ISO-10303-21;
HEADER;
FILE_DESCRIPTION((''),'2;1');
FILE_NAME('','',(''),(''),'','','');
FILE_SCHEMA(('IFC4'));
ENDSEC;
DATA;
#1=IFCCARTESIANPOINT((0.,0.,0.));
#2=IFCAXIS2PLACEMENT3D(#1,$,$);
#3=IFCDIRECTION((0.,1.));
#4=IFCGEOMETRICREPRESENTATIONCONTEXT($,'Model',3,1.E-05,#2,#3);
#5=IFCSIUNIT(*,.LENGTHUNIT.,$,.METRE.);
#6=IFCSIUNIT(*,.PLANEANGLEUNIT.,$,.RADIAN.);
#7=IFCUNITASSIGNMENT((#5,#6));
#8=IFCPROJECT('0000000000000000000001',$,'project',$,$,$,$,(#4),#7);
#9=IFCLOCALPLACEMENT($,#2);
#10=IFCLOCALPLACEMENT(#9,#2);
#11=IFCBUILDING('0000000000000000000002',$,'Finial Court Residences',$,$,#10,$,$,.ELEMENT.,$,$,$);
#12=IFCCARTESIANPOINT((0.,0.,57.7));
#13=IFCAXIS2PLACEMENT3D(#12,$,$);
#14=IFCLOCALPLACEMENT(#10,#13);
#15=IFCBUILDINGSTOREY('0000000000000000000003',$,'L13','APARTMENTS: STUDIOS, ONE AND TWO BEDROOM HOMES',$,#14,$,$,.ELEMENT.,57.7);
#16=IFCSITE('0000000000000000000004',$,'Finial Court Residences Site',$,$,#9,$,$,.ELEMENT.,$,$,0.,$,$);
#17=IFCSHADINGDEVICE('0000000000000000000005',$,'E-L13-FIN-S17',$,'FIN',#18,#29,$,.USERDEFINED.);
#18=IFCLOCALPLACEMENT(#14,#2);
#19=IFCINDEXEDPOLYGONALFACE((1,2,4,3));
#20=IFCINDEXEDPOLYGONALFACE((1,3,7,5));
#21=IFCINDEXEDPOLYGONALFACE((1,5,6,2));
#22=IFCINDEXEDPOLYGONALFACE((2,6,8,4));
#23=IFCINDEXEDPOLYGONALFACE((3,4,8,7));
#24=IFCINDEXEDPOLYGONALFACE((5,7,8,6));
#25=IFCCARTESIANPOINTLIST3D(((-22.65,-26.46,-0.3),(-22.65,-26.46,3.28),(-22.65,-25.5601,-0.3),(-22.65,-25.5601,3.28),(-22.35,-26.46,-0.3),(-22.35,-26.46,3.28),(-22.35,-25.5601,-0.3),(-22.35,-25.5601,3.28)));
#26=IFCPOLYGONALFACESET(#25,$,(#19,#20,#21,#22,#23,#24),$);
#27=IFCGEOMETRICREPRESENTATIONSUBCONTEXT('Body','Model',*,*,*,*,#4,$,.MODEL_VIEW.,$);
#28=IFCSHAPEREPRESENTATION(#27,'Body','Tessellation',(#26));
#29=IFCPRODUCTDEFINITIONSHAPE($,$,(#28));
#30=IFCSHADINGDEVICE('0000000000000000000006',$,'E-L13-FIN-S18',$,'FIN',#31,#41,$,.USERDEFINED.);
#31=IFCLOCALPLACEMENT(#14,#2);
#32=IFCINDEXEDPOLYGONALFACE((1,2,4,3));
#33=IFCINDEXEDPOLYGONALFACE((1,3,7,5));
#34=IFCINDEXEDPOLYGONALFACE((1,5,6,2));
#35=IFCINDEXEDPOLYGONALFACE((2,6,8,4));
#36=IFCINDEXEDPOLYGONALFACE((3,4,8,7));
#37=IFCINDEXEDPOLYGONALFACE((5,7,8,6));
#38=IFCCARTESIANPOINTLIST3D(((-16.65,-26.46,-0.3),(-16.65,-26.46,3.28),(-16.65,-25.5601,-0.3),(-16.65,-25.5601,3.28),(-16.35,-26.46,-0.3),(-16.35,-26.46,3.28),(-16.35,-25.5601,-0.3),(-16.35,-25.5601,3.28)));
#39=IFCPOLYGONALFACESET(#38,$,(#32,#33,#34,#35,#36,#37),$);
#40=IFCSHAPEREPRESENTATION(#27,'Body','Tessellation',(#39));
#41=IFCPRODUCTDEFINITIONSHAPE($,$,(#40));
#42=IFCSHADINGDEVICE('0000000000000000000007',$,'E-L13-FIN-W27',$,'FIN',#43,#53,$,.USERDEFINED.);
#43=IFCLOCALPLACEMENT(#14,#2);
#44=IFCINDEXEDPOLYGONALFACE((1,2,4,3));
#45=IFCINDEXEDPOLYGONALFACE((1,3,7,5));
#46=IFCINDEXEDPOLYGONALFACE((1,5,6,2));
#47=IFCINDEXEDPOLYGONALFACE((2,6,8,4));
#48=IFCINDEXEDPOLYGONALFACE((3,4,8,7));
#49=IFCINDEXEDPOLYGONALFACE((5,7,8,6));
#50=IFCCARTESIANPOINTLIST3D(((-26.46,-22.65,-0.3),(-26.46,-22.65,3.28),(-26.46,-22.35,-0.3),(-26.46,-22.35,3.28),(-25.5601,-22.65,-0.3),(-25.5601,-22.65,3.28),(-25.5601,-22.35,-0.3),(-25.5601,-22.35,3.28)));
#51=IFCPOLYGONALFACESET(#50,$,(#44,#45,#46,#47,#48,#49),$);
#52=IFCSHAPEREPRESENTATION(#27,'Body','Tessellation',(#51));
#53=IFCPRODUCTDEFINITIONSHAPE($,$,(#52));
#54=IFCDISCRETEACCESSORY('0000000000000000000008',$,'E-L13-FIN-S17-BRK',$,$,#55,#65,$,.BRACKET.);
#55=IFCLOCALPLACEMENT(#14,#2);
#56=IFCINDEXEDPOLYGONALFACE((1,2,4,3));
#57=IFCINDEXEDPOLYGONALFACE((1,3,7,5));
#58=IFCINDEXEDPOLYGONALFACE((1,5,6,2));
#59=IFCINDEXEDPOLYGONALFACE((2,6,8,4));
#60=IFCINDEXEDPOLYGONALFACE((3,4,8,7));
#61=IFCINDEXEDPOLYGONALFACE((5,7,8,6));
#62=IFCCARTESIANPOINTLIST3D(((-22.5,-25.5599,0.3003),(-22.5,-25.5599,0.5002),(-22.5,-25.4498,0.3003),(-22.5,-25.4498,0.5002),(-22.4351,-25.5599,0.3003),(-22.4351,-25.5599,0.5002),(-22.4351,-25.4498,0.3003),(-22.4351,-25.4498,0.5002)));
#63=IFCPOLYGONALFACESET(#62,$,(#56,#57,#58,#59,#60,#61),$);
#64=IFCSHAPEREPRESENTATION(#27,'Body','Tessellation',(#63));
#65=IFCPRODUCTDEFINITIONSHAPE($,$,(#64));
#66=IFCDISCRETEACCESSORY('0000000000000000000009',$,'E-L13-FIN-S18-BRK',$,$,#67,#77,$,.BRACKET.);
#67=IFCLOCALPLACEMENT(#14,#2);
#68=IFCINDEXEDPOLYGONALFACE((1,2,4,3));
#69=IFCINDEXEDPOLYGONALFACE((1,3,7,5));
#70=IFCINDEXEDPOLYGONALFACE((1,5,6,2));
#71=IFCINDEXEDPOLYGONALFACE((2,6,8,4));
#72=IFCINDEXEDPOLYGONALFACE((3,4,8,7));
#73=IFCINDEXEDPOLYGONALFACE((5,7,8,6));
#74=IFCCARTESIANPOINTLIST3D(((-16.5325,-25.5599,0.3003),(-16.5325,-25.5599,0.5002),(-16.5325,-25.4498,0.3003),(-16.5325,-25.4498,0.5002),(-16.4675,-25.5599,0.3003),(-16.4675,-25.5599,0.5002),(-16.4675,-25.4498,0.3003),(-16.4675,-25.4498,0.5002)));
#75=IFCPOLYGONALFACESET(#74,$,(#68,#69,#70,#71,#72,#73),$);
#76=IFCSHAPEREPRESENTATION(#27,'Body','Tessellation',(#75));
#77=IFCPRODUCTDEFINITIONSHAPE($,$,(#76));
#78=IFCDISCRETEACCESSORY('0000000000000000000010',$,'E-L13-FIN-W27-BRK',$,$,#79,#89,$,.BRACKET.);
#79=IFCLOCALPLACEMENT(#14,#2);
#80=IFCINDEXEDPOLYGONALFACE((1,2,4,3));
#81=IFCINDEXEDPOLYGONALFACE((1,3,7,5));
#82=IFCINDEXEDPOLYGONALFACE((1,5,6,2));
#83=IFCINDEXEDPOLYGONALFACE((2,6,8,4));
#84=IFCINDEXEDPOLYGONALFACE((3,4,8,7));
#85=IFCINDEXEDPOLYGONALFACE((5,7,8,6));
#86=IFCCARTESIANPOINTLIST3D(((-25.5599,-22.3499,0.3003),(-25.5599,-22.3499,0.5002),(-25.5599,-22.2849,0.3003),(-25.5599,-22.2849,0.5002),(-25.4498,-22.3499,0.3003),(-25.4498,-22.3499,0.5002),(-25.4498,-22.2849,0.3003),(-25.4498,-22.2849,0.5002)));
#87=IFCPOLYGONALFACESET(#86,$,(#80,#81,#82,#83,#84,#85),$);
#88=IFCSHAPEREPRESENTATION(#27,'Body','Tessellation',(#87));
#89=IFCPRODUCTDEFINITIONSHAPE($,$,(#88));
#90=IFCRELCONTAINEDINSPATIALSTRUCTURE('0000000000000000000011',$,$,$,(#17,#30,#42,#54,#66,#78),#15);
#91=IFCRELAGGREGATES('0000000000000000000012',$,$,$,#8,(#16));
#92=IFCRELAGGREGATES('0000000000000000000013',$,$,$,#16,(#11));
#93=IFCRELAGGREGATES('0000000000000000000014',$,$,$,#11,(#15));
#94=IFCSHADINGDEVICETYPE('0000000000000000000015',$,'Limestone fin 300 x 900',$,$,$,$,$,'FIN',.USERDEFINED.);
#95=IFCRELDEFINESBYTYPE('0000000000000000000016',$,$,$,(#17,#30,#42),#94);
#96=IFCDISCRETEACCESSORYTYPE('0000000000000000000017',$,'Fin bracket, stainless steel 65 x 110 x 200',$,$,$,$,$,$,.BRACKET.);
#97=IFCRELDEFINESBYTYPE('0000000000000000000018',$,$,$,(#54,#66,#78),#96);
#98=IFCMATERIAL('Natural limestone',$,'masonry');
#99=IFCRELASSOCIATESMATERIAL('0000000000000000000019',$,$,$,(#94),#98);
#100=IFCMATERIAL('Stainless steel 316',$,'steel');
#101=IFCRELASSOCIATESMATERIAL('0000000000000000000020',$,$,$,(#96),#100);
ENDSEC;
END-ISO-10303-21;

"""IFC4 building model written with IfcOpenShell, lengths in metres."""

from ifc_helpers import new_model, si_unit, direction, frame, origin, origin_2d, place, context, subcontext, project, spatial, rectangle, extrude, material, type_object, element, save


model = new_model("IFC4")

# Units and contexts
model_context = context("Model", 3, precision=1e-05, world=origin(), true_north=direction((0.0, 1.0)))
body_context = subcontext(model_context, "Body", "Model", "MODEL_VIEW")
ifc_project = project(units=[si_unit("LENGTHUNIT", "METRE"), si_unit("PLANEANGLEUNIT", "RADIAN")], contexts=[model_context])

# Site, building, storey
site_placement = place(None, origin())
site = spatial("IfcSite", under=ifc_project, at=site_placement, Name="Finial Court Residences Site", CompositionType="ELEMENT", RefElevation=0.0)
building_placement = place(site_placement, origin())
building = spatial("IfcBuilding", under=site, at=building_placement, Name="Finial Court Residences", CompositionType="ELEMENT")
storey_placement = place(building_placement, frame((0.0, 0.0, 57.7)))
storey = spatial("IfcBuildingStorey", under=building, at=storey_placement, Name="L13", Description="APARTMENTS: STUDIOS, ONE AND TWO BEDROOM HOMES", CompositionType="ELEMENT", Elevation=57.7)

# Shared definitions
ifc_material_1 = material(Name="Natural limestone", Category="masonry")

# Shading devices
shading_device_type = type_object("IfcShadingDeviceType", Name="Limestone fin 300 x 900", ElementType="FIN", PredefinedType="USERDEFINED", material=ifc_material_1)
for number, where, z_axis, x_axis, name in (
    (1, (-22.5, -26.01, -0.3), (0.0, 0.0, 1.0), (1.0, 0.0, 0.0), "E-L13-FIN-S17"),
    (2, (-16.5, -26.01, -0.3), (0.0, 0.0, 1.0), (1.0, 0.0, 0.0), "E-L13-FIN-S18"),
):
    element("IfcShadingDevice", number, at=place(storey_placement, frame(where, z_axis=z_axis, x_axis=x_axis)), inside=storey, type_object=shading_device_type, Name=name, ObjectType="FIN", PredefinedType="USERDEFINED", context=body_context, shape_type="SweptSolid", body=[
        extrude(rectangle(XDim=0.3, YDim=0.8999, at=origin_2d()), origin(), (0.0, 0.0, 1.0), 3.5801),
    ])
shading_device_placement = place(storey_placement, frame((-26.01, -22.5, -0.3), z_axis=(0.0, 0.0, 1.0), x_axis=(1.0, 0.0, 0.0)))
element("IfcShadingDevice", 3, at=shading_device_placement, inside=storey, type_object=shading_device_type, Name="E-L13-FIN-W27", ObjectType="FIN", PredefinedType="USERDEFINED", context=body_context, shape_type="SweptSolid", body=[
    extrude(rectangle(XDim=0.8999, YDim=0.3, at=origin_2d()), origin(), (0.0, 0.0, 1.0), 3.5801),
])

# Discrete accessories
ifc_material_2 = material(Name="Stainless steel 316", Category="steel")
discrete_accessory_type = type_object("IfcDiscreteAccessoryType", Name="Fin bracket, stainless steel 65 x 110 x 200", PredefinedType="BRACKET", material=ifc_material_2)
for number, where, z_axis, x_axis, name in (
    (4, (-22.4675, -25.5049, 0.3003), (0.0, 0.0, 1.0), (1.0, 0.0, 0.0), "E-L13-FIN-S17-BRK"),
    (5, (-16.5, -25.5049, 0.3003), (0.0, 0.0, 1.0), (1.0, 0.0, 0.0), "E-L13-FIN-S18-BRK"),
):
    element("IfcDiscreteAccessory", number, at=place(storey_placement, frame(where, z_axis=z_axis, x_axis=x_axis)), inside=storey, type_object=discrete_accessory_type, Name=name, PredefinedType="BRACKET", context=body_context, shape_type="SweptSolid", body=[
        extrude(rectangle(XDim=0.0649, YDim=0.1101, at=origin_2d()), origin(), (0.0, 0.0, 1.0), 0.2),
    ])
discrete_accessory_placement = place(storey_placement, frame((-25.5049, -22.3174, 0.3003), z_axis=(0.0, 0.0, 1.0), x_axis=(1.0, 0.0, 0.0)))
element("IfcDiscreteAccessory", 6, at=discrete_accessory_placement, inside=storey, type_object=discrete_accessory_type, Name="E-L13-FIN-W27-BRK", PredefinedType="BRACKET", context=body_context, shape_type="SweptSolid", body=[
    extrude(rectangle(XDim=0.1101, YDim=0.0649, at=origin_2d()), origin(), (0.0, 0.0, 1.0), 0.2),
])

save(model, "model.ifc")
